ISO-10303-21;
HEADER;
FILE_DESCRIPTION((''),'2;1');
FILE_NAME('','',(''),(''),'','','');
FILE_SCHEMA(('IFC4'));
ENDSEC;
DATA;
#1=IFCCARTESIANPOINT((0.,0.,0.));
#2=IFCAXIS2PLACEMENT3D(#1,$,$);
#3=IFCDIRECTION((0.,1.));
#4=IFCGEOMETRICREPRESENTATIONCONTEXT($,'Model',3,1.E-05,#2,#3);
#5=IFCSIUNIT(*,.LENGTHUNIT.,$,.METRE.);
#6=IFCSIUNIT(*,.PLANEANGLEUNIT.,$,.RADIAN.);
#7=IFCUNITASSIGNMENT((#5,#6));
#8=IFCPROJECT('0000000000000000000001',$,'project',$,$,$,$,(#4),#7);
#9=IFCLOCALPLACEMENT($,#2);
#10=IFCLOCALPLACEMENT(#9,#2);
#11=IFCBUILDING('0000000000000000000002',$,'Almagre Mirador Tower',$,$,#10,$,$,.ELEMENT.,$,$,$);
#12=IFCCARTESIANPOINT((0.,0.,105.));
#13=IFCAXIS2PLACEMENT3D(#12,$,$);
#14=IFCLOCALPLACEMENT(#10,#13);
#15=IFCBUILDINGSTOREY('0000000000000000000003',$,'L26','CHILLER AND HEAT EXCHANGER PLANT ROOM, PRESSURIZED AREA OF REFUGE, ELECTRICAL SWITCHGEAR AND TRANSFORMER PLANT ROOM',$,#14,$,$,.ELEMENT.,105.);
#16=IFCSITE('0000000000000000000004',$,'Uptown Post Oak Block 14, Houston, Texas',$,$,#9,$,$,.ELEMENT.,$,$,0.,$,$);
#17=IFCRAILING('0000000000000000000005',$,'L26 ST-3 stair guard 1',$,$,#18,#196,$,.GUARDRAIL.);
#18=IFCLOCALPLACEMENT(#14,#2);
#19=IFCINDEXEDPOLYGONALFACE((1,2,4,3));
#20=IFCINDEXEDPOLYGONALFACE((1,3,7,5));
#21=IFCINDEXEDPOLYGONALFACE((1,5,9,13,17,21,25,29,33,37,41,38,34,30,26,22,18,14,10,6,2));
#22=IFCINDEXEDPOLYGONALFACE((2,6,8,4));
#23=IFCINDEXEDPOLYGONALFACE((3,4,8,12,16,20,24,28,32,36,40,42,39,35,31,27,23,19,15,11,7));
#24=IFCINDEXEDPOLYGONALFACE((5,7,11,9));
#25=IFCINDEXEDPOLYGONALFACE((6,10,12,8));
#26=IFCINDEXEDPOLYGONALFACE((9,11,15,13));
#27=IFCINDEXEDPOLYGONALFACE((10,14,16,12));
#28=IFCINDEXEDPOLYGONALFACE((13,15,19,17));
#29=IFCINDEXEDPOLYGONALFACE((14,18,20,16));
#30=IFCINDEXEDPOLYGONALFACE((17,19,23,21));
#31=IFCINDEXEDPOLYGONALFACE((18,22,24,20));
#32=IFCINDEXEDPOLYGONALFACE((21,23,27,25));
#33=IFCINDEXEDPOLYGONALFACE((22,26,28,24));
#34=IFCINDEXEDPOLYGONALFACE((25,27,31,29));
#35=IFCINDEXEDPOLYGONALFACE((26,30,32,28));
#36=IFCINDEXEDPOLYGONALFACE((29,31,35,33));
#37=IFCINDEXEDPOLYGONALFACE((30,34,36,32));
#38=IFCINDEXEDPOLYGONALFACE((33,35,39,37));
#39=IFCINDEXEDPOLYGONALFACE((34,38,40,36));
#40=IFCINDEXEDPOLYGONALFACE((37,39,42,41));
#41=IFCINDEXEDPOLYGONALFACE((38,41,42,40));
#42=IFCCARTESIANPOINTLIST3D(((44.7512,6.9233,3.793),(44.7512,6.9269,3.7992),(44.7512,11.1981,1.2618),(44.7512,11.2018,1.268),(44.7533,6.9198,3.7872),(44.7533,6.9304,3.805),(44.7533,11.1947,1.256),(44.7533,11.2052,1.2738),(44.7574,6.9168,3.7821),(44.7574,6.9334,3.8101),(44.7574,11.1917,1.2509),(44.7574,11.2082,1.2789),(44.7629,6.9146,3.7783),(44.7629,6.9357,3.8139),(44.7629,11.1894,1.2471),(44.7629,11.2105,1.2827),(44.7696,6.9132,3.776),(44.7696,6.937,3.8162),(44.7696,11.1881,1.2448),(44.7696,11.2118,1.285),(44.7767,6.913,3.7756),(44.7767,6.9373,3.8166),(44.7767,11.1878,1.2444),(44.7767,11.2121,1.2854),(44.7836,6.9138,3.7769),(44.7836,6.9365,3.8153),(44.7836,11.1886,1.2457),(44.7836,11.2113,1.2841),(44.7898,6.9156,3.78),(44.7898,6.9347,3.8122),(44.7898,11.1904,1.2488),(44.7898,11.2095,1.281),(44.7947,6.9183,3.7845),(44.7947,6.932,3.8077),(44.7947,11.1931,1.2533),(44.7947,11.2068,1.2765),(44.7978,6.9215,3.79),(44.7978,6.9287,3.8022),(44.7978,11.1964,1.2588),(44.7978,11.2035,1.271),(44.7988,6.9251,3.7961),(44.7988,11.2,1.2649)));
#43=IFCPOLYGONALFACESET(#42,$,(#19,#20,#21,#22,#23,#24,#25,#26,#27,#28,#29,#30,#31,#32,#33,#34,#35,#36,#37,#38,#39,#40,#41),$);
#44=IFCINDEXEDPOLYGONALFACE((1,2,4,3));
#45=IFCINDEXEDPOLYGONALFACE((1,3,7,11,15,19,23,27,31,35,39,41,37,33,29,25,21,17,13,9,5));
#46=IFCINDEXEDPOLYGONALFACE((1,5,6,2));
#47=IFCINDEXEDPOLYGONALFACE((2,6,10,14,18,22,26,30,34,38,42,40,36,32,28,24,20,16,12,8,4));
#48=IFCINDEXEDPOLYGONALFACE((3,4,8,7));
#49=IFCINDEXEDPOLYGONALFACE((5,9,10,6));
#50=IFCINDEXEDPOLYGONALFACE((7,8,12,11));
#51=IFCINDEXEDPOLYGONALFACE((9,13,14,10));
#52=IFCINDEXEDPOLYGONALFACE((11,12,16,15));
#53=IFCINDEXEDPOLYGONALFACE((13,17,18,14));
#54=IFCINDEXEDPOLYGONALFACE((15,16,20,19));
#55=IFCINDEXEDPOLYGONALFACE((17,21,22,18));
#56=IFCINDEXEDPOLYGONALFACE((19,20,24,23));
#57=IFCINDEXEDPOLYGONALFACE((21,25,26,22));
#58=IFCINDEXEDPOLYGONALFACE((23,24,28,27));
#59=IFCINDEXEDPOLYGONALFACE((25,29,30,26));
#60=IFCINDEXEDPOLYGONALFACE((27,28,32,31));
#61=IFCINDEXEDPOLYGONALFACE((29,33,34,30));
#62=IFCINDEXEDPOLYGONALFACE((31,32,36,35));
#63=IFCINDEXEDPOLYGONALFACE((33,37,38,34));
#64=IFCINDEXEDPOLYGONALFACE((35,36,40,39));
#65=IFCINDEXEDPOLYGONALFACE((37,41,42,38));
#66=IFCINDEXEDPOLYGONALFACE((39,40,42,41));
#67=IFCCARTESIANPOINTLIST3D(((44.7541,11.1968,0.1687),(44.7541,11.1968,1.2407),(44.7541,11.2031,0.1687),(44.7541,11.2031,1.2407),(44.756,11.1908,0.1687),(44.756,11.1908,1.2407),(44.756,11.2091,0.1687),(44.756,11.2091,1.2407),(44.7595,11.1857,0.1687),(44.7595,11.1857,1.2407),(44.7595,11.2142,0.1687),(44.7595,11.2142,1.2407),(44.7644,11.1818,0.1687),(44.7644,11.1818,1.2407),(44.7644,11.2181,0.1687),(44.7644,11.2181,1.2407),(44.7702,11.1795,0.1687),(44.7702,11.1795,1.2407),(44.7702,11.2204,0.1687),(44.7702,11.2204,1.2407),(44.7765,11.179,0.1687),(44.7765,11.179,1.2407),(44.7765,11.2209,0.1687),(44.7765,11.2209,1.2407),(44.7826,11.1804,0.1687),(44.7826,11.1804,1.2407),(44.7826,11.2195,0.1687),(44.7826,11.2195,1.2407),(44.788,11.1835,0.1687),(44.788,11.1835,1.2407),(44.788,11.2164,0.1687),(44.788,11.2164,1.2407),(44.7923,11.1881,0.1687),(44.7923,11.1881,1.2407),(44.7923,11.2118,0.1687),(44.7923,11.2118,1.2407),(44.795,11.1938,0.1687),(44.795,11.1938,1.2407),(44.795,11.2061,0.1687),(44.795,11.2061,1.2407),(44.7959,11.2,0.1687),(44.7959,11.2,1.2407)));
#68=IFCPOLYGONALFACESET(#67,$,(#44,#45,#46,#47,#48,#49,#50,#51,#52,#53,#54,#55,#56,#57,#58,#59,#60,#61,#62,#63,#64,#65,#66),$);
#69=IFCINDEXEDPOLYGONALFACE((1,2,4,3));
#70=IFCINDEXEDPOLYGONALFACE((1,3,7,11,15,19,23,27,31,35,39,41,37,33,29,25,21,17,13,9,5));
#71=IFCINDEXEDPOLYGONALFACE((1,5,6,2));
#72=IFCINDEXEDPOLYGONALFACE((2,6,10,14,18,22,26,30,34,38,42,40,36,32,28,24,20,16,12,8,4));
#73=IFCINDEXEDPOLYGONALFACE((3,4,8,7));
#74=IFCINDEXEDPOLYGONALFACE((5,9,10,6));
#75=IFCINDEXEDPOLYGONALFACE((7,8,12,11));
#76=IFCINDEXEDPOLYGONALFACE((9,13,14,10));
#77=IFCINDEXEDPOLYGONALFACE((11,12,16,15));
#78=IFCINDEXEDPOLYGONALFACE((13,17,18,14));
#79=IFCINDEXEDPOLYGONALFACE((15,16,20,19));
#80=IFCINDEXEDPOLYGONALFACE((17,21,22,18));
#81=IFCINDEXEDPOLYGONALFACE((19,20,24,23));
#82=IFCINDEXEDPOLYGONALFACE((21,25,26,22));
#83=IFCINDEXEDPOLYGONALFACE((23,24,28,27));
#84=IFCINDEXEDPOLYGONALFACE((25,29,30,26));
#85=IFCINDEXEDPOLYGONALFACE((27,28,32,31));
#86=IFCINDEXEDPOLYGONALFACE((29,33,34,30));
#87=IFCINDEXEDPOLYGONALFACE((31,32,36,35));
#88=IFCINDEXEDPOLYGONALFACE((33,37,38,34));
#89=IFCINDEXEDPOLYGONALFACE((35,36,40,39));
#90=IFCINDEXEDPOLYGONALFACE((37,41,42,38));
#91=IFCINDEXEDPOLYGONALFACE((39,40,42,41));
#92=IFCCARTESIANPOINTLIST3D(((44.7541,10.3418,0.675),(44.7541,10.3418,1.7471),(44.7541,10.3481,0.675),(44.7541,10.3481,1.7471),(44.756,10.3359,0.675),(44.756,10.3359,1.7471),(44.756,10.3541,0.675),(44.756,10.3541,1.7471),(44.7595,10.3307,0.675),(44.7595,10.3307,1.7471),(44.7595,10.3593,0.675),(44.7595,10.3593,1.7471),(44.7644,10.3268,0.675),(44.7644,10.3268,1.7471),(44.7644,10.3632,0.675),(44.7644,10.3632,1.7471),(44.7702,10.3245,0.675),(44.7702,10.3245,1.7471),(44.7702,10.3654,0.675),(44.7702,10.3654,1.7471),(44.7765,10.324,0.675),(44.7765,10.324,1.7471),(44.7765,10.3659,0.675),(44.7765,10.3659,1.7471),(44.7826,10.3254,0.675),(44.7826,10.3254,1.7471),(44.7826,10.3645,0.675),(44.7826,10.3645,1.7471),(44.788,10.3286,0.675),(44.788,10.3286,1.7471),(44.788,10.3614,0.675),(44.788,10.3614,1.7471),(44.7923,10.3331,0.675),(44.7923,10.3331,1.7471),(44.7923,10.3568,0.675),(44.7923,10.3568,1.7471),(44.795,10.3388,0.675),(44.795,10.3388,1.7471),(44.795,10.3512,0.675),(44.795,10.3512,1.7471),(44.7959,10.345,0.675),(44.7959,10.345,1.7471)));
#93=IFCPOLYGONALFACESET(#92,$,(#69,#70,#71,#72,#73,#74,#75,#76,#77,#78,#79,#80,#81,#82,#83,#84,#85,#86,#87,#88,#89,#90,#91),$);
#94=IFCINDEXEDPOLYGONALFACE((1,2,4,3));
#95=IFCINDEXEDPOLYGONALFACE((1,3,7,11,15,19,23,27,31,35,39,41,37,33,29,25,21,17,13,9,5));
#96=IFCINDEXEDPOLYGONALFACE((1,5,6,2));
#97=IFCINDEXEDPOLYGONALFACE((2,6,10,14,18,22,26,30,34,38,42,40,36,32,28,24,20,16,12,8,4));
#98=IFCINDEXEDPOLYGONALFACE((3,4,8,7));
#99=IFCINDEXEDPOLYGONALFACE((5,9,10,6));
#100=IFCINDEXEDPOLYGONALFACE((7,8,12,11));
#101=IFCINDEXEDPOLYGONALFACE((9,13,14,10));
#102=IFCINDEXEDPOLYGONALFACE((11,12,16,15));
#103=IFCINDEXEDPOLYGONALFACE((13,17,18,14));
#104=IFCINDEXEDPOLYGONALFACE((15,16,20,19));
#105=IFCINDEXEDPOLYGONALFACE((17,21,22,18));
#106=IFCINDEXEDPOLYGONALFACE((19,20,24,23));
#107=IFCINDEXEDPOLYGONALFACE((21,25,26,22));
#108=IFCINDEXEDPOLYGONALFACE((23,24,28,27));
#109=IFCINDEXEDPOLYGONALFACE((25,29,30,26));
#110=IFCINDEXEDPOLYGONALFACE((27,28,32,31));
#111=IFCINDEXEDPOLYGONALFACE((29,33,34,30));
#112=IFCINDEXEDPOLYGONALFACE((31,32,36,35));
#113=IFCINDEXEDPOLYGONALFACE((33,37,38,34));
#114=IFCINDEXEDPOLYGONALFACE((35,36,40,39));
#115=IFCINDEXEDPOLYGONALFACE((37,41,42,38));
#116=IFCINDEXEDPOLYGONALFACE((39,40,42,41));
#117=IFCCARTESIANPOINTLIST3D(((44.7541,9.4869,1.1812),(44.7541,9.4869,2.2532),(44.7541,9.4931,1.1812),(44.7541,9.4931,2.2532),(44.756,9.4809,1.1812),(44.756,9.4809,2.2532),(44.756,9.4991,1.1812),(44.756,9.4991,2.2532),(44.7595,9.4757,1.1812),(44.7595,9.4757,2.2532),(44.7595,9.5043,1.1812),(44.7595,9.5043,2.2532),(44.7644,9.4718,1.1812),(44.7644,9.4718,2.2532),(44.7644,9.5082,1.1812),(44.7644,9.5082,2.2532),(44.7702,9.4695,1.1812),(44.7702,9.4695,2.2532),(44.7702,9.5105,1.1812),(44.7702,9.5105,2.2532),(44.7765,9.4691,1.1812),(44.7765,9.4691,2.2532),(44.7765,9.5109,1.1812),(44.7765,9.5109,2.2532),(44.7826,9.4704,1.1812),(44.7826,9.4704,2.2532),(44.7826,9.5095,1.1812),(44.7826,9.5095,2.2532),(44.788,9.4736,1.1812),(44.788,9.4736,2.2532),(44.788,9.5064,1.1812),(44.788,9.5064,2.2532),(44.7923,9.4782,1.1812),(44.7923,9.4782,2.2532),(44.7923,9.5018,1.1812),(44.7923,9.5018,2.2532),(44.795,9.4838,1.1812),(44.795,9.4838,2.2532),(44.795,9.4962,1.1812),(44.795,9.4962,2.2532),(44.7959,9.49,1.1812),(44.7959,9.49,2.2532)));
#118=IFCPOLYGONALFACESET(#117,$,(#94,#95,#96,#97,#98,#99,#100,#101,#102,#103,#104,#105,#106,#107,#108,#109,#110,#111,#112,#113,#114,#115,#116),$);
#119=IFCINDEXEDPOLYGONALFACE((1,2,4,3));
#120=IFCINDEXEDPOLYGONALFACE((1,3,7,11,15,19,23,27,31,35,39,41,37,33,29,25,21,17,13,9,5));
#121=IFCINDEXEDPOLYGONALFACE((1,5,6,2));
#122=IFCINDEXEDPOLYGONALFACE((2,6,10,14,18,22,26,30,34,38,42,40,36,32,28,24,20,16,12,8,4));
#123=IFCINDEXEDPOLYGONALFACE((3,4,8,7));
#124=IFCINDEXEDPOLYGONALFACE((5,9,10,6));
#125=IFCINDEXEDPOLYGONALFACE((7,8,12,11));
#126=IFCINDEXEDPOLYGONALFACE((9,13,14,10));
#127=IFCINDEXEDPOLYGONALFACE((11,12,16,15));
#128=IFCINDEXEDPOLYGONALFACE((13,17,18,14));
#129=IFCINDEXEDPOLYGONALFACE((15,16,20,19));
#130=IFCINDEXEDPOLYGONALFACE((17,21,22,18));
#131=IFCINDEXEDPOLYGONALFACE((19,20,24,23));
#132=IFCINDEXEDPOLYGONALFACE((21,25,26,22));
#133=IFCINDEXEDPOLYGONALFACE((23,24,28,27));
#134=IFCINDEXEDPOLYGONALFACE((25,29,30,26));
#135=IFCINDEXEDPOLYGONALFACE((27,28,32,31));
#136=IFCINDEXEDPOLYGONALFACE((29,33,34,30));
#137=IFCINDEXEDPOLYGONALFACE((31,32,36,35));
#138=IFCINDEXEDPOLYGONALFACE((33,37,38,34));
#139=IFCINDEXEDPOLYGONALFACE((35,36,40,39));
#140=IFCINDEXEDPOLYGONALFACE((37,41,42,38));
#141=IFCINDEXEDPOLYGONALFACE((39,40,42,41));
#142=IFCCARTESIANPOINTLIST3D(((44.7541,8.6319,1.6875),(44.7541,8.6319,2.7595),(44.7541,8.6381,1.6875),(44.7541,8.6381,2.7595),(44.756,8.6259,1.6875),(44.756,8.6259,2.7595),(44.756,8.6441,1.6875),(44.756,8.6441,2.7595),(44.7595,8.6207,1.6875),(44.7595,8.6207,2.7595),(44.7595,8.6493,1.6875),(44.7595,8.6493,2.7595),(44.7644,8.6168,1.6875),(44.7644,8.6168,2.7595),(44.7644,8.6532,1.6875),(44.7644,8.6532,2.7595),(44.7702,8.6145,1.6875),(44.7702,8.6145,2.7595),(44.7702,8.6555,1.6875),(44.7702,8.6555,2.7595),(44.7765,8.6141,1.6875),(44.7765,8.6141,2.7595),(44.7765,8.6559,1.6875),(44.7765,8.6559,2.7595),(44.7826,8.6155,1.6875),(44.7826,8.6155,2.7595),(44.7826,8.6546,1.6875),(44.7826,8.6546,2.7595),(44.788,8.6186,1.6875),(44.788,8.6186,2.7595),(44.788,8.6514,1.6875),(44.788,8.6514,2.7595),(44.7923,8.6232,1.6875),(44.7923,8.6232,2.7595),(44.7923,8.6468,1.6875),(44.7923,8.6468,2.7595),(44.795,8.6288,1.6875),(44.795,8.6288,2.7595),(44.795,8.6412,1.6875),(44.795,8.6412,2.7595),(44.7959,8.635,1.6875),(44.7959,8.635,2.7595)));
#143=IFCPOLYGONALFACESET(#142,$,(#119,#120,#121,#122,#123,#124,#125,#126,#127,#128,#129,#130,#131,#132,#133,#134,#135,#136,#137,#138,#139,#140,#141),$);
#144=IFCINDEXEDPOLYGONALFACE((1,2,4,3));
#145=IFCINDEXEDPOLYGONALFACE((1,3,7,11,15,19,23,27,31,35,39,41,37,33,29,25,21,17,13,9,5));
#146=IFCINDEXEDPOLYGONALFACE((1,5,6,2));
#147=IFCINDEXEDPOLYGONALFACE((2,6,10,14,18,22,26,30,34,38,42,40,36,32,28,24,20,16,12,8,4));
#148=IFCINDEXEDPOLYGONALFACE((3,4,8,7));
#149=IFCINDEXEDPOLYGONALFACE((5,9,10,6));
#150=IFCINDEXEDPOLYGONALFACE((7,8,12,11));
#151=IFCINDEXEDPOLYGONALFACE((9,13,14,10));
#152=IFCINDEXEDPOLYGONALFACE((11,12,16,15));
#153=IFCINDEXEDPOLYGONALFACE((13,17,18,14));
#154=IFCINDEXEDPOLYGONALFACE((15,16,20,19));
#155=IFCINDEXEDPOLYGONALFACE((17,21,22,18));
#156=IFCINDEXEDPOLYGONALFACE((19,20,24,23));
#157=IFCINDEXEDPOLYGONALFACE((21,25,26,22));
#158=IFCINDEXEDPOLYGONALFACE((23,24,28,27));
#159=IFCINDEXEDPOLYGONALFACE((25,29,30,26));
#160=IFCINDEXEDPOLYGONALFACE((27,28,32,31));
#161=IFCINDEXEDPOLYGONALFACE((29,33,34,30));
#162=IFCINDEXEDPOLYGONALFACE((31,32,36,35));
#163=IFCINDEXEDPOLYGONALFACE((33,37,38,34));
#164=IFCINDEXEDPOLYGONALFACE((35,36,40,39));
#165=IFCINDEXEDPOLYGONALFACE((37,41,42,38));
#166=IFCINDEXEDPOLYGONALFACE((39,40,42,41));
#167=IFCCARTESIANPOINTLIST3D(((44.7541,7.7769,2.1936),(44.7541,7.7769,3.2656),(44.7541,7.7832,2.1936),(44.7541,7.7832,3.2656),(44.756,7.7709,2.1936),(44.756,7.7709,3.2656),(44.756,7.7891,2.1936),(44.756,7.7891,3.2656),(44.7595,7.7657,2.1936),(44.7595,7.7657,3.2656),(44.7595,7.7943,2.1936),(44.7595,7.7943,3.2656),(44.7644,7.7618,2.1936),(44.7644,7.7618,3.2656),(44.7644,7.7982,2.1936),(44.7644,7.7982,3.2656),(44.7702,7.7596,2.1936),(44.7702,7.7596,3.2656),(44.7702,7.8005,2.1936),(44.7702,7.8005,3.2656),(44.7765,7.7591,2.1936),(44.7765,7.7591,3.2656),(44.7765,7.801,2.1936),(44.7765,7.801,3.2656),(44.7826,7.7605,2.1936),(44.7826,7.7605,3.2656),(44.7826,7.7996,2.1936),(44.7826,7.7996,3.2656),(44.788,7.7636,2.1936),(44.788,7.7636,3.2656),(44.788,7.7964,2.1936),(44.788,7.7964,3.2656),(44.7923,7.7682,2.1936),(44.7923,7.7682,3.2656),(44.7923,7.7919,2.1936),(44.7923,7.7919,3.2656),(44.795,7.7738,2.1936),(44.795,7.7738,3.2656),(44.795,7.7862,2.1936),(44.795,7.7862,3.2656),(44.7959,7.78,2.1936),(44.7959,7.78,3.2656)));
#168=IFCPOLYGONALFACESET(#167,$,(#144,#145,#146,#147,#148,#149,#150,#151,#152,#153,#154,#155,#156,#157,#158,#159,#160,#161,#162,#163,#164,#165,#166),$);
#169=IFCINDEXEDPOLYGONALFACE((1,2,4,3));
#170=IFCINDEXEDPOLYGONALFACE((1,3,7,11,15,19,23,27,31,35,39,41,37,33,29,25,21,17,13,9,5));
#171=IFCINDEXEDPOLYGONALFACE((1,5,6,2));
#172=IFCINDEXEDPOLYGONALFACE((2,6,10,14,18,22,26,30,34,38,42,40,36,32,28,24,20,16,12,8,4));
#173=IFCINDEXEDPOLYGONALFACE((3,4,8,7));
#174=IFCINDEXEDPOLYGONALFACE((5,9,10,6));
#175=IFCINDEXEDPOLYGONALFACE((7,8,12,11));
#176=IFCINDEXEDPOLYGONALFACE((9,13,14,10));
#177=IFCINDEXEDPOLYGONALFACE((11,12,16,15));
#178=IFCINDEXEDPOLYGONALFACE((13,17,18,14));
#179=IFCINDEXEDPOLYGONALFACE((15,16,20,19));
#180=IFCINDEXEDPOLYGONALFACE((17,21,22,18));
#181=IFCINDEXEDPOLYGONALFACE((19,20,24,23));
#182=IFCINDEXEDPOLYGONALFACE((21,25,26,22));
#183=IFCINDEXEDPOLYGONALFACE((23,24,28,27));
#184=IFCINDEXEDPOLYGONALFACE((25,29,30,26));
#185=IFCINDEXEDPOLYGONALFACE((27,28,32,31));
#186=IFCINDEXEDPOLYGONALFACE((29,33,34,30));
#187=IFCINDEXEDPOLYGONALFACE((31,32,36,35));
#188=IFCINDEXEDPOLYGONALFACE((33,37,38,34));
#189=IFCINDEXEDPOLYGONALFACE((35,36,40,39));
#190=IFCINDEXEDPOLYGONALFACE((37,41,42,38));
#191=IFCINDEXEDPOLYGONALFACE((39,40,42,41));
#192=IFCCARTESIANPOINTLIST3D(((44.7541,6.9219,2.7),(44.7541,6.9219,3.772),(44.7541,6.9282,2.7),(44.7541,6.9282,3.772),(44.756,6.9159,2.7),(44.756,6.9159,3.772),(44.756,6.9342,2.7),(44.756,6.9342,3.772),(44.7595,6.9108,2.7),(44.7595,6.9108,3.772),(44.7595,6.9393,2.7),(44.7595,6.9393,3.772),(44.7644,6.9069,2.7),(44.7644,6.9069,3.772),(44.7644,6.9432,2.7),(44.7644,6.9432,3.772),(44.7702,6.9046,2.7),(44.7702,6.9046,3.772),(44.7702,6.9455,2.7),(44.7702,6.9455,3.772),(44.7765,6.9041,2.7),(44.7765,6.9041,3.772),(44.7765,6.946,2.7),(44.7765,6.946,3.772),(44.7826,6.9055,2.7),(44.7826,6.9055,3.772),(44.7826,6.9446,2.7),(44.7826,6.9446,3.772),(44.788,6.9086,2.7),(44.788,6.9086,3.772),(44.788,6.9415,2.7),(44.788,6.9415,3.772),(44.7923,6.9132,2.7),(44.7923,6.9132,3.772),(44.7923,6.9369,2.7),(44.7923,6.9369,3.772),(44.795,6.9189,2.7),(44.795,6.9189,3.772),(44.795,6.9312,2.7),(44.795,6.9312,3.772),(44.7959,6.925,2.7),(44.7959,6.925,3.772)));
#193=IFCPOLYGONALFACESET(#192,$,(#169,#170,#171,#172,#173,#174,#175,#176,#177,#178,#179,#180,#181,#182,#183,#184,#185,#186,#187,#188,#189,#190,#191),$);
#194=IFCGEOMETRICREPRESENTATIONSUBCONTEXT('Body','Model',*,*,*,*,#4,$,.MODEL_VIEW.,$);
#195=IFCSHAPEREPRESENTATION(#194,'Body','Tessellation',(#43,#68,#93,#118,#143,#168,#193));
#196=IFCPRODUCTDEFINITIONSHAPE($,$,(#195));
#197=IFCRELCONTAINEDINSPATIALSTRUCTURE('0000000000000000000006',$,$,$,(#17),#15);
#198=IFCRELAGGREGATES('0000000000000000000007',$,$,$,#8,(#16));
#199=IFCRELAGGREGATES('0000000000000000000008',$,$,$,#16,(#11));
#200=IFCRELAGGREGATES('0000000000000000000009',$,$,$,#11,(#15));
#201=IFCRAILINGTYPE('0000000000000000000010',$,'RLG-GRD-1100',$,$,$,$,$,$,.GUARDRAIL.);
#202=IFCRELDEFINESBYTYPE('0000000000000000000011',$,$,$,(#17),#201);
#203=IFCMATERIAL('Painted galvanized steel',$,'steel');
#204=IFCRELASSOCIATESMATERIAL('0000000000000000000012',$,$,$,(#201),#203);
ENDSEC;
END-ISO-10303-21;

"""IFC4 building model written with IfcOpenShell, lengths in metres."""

from ifc_helpers import new_model, si_unit, direction, frame, origin, origin_2d, place, context, subcontext, project, spatial, circle, extrude, material, type_object, element, save


model = new_model("IFC4")

# Units and contexts
model_context = context("Model", 3, precision=1e-05, world=origin(), true_north=direction((0.0, 1.0)))
body_context = subcontext(model_context, "Body", "Model", "MODEL_VIEW")
ifc_project = project(units=[si_unit("LENGTHUNIT", "METRE"), si_unit("PLANEANGLEUNIT", "RADIAN")], contexts=[model_context])

# Site, building, storey
site_placement = place(None, origin())
site = spatial("IfcSite", under=ifc_project, at=site_placement, Name="Uptown Post Oak Block 14, Houston, Texas", CompositionType="ELEMENT", RefElevation=0.0)
building_placement = place(site_placement, origin())
building = spatial("IfcBuilding", under=site, at=building_placement, Name="Almagre Mirador Tower", CompositionType="ELEMENT")
storey_placement = place(building_placement, frame((0.0, 0.0, 105.0)))
storey = spatial("IfcBuildingStorey", under=building, at=storey_placement, Name="L26", Description="CHILLER AND HEAT EXCHANGER PLANT ROOM, PRESSURIZED AREA OF REFUGE, ELECTRICAL SWITCHGEAR AND TRANSFORMER PLANT ROOM", CompositionType="ELEMENT", Elevation=105.0)

# Railing
ifc_material_1 = material(Name="Painted galvanized steel", Category="steel")
railing_type_1 = type_object("IfcRailingType", Name="RLG-GRD-1100", PredefinedType="GUARDRAIL", material=ifc_material_1)
railing_1_placement = place(storey_placement, frame((44.7749, 11.2, 0.1687)))
element("IfcRailing", 1, at=railing_1_placement, inside=storey, type_object=railing_type_1, Name="L26 ST-3 stair guard 1", PredefinedType="GUARDRAIL", context=body_context, shape_type="SweptSolid", body=[
    extrude(circle(Radius=0.0239, at=origin_2d()), frame((0.0, 0.0, 1.0962), z_axis=(0.0, -0.86047, 0.509501), x_axis=(1.0, 0.0, 0.0)), (0.0, 0.0, 1.0), 4.968),
    extrude(circle(Radius=0.021, at=origin_2d()), origin(), (0.0, 0.0, 1.0), 1.072),
    extrude(circle(Radius=0.021, at=origin_2d()), frame((0.0, -0.855, 0.5063)), (0.0, 0.0, 1.0), 1.072),
    extrude(circle(Radius=0.021, at=origin_2d()), frame((0.0, -1.71, 1.0125)), (0.0, 0.0, 1.0), 1.072),
    extrude(circle(Radius=0.021, at=origin_2d()), frame((0.0, -2.5649, 1.5188)), (0.0, 0.0, 1.0), 1.072),
    extrude(circle(Radius=0.021, at=origin_2d()), frame((0.0, -3.4199, 2.0249)), (0.0, 0.0, 1.0), 1.072),
    extrude(circle(Radius=0.021, at=origin_2d()), frame((0.0, -4.2749, 2.5312)), (0.0, 0.0, 1.0), 1.072),
])

save(model, "model.ifc")
